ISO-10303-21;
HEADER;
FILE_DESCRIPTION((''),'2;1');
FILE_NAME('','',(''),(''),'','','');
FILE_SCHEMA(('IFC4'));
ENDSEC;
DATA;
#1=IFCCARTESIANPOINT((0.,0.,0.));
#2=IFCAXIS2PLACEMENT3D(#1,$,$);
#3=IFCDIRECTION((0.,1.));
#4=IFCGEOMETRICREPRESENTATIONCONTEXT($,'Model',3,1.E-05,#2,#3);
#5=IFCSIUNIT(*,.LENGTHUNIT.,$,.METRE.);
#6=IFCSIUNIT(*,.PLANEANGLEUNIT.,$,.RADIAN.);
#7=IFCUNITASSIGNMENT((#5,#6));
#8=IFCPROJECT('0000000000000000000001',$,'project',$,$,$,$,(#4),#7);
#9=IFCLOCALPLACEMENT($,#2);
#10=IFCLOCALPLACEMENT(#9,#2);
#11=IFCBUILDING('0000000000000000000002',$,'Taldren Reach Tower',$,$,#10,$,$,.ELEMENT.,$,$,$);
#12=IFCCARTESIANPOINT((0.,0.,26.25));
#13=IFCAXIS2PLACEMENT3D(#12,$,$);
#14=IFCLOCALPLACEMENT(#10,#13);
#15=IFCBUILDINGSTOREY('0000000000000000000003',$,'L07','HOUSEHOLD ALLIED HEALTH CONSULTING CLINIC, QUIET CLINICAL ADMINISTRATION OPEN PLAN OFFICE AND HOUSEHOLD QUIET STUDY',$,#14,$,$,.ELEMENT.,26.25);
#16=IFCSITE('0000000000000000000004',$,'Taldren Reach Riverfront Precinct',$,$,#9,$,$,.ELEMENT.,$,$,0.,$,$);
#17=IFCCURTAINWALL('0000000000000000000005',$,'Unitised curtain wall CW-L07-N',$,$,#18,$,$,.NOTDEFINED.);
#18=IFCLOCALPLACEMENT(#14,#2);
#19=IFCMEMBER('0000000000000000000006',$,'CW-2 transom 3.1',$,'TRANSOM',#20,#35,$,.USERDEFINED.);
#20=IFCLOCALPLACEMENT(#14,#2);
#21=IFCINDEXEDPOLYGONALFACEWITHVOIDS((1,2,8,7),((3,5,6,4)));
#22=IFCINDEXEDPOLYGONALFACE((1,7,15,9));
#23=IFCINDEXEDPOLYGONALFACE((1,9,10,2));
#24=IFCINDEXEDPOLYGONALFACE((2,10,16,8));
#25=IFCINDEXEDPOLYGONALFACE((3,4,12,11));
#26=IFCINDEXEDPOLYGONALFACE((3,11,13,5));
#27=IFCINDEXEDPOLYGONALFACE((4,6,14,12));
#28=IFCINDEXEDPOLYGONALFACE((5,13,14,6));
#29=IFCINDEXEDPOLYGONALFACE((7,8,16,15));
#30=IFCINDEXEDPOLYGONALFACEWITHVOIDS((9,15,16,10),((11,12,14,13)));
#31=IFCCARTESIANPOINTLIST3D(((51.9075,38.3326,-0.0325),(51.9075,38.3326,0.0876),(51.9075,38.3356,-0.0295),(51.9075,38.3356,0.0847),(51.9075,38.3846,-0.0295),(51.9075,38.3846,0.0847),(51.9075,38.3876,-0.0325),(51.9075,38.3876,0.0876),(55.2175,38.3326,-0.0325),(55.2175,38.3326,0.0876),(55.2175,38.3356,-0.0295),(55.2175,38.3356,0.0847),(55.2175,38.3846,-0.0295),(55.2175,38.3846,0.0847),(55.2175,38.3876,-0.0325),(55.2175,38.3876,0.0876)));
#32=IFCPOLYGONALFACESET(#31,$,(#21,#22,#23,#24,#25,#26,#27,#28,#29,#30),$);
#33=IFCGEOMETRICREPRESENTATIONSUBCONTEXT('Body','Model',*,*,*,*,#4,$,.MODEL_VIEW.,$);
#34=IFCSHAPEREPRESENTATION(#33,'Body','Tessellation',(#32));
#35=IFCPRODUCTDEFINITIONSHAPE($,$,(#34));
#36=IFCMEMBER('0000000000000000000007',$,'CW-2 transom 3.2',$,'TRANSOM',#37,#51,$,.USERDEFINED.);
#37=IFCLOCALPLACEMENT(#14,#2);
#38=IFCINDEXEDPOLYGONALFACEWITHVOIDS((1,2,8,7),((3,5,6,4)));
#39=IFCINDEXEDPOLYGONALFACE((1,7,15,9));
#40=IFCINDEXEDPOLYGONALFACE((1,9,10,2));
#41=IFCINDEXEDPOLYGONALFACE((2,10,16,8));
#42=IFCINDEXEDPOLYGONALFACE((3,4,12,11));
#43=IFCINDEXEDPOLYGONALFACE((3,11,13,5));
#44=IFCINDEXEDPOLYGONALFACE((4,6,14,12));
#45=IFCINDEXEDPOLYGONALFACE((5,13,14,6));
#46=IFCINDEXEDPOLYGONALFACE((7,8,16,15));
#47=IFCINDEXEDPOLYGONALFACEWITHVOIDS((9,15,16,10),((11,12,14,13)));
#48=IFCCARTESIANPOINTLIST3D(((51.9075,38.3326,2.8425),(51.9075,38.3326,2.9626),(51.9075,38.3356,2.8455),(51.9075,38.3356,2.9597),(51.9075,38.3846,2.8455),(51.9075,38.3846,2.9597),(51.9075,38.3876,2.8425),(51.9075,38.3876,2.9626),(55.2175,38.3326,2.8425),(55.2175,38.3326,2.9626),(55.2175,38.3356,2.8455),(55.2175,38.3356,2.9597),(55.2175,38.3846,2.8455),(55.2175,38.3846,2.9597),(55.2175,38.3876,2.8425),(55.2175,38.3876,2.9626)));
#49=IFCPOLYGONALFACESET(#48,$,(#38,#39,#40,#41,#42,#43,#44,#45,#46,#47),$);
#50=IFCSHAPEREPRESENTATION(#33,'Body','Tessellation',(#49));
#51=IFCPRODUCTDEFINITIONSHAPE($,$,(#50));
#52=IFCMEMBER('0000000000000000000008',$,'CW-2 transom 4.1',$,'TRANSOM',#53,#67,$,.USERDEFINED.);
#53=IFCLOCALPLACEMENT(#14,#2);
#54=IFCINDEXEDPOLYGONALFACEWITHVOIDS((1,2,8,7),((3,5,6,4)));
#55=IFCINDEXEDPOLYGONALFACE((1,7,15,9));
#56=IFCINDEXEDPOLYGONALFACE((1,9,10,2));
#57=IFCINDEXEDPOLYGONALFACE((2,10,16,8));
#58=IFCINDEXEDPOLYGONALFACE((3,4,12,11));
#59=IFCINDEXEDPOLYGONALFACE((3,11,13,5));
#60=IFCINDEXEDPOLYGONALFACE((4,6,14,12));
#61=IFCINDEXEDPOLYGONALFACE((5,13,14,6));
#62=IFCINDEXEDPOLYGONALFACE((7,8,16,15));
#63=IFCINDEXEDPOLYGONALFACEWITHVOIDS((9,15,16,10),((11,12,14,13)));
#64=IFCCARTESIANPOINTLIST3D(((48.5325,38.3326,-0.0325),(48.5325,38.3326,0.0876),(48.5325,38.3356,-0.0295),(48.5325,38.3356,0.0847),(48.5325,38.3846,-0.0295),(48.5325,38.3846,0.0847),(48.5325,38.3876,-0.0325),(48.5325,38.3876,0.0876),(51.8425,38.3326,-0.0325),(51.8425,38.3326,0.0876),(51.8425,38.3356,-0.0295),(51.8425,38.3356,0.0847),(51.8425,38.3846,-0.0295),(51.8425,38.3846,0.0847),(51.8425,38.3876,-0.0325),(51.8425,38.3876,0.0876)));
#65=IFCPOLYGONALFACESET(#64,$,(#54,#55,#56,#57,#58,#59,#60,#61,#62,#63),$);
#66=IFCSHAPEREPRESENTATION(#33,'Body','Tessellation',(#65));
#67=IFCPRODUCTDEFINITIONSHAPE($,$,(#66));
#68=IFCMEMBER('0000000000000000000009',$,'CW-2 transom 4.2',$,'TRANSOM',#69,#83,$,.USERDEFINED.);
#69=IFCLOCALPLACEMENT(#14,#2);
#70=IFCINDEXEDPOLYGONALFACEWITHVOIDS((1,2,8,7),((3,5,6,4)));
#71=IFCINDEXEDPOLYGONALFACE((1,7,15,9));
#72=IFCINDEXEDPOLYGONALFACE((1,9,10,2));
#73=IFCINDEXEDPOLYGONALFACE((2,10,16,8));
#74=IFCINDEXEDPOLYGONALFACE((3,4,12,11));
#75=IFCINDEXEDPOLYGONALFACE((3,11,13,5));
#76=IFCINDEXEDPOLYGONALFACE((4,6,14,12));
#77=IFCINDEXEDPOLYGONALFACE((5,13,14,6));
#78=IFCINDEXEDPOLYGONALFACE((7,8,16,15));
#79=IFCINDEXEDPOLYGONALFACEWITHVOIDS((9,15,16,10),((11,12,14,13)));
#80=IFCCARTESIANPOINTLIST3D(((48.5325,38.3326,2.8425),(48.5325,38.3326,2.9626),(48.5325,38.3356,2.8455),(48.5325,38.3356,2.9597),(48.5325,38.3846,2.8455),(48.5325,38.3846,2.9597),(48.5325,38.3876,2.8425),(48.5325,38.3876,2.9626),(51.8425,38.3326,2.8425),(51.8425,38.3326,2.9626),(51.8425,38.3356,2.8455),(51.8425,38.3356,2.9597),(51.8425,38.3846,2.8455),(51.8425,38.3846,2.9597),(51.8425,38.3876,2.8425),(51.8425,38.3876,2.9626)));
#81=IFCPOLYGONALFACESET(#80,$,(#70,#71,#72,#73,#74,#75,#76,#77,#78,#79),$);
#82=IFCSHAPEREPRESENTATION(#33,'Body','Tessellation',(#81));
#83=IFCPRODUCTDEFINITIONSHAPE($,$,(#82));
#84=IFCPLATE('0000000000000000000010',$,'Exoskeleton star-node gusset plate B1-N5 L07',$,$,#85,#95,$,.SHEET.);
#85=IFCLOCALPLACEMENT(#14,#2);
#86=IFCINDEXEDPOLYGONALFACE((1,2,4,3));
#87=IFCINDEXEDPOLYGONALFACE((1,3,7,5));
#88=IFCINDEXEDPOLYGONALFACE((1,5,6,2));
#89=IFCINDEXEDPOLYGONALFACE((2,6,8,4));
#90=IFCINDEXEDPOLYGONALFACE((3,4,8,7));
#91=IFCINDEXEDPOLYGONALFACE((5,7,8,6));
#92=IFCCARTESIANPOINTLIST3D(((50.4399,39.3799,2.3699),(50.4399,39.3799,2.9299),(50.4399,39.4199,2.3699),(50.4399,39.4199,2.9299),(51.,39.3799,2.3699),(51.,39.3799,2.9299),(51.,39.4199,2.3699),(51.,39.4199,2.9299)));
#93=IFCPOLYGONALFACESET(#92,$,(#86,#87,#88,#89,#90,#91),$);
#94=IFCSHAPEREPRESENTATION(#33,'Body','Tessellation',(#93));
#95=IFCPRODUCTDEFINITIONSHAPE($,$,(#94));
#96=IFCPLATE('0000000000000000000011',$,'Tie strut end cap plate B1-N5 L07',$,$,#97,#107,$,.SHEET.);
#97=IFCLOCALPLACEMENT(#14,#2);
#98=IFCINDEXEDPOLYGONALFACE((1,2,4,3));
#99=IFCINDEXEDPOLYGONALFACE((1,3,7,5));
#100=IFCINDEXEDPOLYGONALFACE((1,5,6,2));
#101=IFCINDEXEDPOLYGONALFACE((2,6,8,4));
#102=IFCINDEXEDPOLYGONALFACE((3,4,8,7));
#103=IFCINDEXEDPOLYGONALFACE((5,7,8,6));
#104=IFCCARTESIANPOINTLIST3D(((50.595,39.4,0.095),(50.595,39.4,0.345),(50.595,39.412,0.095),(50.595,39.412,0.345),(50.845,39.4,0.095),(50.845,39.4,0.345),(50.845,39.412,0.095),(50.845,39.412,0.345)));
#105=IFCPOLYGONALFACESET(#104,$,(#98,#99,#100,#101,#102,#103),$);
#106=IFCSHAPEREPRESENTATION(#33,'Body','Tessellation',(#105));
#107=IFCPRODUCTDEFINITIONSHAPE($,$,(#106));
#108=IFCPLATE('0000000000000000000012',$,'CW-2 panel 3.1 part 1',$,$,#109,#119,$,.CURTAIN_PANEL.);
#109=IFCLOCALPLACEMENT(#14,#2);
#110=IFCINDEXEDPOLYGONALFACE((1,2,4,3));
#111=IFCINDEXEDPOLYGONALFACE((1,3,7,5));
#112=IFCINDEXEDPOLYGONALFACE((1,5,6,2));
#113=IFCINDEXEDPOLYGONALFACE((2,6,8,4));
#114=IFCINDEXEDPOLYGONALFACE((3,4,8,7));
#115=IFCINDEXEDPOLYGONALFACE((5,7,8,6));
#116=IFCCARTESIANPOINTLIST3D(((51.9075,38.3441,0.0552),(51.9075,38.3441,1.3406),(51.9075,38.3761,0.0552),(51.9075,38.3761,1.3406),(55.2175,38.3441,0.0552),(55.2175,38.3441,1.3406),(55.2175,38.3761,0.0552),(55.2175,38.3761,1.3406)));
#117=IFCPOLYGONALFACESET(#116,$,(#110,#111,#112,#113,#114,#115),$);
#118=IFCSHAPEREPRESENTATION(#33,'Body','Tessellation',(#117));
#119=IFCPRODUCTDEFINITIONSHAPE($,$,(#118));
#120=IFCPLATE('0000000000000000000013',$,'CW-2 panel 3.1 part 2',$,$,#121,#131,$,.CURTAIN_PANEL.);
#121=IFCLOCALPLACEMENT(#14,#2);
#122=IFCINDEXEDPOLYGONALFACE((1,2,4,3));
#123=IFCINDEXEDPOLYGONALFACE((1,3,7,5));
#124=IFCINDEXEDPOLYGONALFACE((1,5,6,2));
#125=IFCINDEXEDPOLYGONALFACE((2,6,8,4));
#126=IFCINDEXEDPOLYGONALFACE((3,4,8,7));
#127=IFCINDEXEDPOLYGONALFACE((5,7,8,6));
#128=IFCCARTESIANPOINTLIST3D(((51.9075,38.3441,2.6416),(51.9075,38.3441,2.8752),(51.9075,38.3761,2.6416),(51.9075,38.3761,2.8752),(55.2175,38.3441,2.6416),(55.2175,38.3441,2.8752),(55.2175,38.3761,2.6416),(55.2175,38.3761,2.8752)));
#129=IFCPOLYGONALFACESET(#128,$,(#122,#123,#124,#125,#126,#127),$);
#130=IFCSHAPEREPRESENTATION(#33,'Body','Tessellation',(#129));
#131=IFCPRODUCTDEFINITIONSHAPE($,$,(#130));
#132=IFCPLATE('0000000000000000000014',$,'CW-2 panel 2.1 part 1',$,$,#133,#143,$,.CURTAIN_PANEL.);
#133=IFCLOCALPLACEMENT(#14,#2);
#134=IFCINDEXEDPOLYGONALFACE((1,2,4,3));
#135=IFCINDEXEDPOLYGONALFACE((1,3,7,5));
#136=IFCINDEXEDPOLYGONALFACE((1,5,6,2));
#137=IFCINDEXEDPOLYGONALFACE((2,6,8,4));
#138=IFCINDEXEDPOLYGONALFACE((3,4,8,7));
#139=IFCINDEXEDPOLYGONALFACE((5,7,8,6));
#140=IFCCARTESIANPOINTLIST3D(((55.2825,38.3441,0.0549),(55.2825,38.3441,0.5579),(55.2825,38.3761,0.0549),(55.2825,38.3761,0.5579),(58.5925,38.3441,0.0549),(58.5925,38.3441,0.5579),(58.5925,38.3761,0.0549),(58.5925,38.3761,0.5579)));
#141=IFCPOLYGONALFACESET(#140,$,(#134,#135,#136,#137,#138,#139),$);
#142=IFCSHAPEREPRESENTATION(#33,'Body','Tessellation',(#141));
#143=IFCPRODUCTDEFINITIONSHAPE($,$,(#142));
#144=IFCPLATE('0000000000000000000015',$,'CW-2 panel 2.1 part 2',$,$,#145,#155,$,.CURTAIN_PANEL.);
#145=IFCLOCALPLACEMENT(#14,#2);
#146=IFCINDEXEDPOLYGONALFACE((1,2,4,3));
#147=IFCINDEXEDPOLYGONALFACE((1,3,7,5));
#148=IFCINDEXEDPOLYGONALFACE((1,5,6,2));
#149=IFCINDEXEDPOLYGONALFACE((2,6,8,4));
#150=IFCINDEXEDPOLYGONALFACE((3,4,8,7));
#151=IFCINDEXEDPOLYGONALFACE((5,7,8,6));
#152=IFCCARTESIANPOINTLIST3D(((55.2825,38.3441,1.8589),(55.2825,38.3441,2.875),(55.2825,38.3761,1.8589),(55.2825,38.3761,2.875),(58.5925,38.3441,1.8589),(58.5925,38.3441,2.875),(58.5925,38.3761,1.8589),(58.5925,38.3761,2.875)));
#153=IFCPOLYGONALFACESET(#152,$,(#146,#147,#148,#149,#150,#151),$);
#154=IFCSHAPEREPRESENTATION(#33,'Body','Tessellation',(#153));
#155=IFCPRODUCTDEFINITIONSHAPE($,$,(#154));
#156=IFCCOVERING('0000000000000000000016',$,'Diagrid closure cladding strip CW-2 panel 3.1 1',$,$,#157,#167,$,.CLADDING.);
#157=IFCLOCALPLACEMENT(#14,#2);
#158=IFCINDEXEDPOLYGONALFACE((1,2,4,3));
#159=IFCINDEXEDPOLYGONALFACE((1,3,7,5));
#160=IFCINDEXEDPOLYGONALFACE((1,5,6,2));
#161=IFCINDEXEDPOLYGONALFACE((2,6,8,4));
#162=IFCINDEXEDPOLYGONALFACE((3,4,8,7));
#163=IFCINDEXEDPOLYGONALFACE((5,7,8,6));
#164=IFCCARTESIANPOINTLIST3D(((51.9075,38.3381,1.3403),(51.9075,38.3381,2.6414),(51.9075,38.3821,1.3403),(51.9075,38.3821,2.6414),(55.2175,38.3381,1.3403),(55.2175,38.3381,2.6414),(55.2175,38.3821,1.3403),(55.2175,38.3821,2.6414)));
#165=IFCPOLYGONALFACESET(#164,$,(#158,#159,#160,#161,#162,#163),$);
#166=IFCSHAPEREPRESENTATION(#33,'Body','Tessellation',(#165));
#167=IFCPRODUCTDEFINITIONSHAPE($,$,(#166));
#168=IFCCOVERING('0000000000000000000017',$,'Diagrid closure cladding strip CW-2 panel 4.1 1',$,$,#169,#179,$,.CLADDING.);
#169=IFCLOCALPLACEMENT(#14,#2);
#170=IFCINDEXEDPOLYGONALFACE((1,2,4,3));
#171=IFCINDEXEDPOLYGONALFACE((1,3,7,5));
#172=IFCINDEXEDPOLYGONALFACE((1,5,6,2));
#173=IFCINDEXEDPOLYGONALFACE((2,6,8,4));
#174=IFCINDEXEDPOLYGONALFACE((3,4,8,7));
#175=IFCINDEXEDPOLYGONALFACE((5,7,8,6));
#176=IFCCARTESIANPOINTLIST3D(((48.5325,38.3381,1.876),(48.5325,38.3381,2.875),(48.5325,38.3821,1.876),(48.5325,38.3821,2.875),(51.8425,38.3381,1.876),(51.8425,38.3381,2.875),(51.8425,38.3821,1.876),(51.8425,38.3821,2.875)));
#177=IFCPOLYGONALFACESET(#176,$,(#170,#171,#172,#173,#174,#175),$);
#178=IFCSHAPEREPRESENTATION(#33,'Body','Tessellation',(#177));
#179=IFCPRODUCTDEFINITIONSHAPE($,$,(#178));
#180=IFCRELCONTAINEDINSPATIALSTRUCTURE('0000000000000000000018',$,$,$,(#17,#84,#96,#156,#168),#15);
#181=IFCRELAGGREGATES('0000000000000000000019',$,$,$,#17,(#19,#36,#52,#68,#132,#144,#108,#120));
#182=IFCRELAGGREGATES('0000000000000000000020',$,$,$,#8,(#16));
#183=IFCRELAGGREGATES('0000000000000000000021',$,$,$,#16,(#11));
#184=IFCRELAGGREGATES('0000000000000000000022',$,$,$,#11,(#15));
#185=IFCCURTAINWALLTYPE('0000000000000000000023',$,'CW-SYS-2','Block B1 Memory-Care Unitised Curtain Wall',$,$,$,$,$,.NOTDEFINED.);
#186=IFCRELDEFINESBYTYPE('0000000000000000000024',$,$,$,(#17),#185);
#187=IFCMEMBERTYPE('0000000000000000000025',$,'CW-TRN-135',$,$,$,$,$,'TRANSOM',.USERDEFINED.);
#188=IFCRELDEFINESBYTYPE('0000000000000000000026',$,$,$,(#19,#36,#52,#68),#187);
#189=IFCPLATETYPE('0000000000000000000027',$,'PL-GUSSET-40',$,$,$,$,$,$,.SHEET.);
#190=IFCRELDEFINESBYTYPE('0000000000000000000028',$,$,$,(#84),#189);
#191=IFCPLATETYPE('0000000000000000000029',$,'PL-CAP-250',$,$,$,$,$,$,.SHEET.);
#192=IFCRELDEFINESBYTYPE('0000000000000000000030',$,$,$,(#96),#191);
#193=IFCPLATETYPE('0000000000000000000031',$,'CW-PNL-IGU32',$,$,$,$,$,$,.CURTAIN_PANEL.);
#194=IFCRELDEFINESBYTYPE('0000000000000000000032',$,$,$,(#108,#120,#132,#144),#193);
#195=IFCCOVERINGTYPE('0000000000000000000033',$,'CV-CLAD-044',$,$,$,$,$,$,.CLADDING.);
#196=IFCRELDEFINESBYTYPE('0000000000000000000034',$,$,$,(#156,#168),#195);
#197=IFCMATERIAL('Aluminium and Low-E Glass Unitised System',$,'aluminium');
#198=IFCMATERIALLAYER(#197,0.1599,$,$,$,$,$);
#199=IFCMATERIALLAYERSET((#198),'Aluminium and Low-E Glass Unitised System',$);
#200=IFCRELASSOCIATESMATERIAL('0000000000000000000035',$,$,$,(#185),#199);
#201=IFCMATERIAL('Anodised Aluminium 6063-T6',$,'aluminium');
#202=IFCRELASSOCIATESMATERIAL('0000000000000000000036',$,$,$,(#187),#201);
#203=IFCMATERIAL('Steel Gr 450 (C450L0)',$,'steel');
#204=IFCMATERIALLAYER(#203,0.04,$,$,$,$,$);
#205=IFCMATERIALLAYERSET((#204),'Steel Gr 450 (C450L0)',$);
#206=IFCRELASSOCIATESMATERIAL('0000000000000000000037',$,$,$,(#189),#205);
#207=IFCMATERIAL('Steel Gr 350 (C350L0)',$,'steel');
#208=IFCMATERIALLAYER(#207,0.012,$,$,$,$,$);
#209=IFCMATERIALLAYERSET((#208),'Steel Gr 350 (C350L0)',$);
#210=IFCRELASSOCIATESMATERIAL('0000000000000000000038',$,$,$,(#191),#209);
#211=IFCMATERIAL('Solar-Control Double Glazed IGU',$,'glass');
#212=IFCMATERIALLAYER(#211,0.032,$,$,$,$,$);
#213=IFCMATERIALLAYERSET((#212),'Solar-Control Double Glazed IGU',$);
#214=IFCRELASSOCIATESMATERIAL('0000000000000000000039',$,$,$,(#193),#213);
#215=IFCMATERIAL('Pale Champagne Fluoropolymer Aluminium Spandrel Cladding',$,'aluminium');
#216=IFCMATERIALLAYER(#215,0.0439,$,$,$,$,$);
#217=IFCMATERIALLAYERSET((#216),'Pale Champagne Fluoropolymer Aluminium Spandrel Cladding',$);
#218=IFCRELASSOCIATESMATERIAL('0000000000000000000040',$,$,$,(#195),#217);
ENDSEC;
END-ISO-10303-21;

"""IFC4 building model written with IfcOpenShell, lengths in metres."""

from ifc_helpers import new_model, si_unit, direction, frame, origin, origin_2d, place, context, subcontext, project, spatial, rectangle, hollow_rectangle, extrude, source, transform, mapped, material, layer, layer_set, material_profile, profile_set, type_object, element, aggregate, save


model = new_model("IFC4")

# Units and contexts
model_context = context("Model", 3, precision=1e-05, world=origin(), true_north=direction((0.0, 1.0)))
body_context = subcontext(model_context, "Body", "Model", "MODEL_VIEW")
ifc_project = project(units=[si_unit("LENGTHUNIT", "METRE"), si_unit("PLANEANGLEUNIT", "RADIAN")], contexts=[model_context])

# Site, building, storey
site_placement = place(None, origin())
site = spatial("IfcSite", under=ifc_project, at=site_placement, Name="Taldren Reach Riverfront Precinct", CompositionType="ELEMENT", RefElevation=0.0)
building_placement = place(site_placement, origin())
building = spatial("IfcBuilding", under=site, at=building_placement, Name="Taldren Reach Tower", CompositionType="ELEMENT")
storey_placement = place(building_placement, frame((0.0, 0.0, 26.25)))
storey = spatial("IfcBuildingStorey", under=building, at=storey_placement, Name="L07", Description="HOUSEHOLD ALLIED HEALTH CONSULTING CLINIC, QUIET CLINICAL ADMINISTRATION OPEN PLAN OFFICE AND HOUSEHOLD QUIET STUDY", CompositionType="ELEMENT", Elevation=26.25)

# Shared definitions
ifc_material_1 = material(Name="Steel Gr 450 (C450L0)", Category="steel")
ifc_material_2 = material(Name="Steel Gr 350 (C350L0)", Category="steel")

# Curtain wall, members
ifc_material_3 = material(Name="Aluminium and Low-E Glass Unitised System", Category="aluminium")
ifc_layer_1 = layer(ifc_material_3, 0.1599)
ifc_layer_set_1 = layer_set([ifc_layer_1], Name="Aluminium and Low-E Glass Unitised System")
curtain_wall_type = type_object("IfcCurtainWallType", Name="CW-SYS-2", Description="Block B1 Memory-Care Unitised Curtain Wall", PredefinedType="NOTDEFINED", material=ifc_layer_set_1)
curtain_wall_placement = place(storey_placement, origin())
curtain_wall = element("IfcCurtainWall", 1, at=curtain_wall_placement, inside=storey, type_object=curtain_wall_type, Name="Unitised curtain wall CW-L07-N", PredefinedType="NOTDEFINED")
ifc_material_4 = material(Name="Anodised Aluminium 6063-T6", Category="aluminium")
ifc_material_profile_1 = material_profile(ifc_material_4, hollow_rectangle(XDim=0.0549, YDim=0.1201, WallThickness=0.0029, at=origin_2d()), Name="ALU-120x55x3RHS")
ifc_profile_set_1 = profile_set([ifc_material_profile_1], Name="Anodised Aluminium 6063-T6")
member_type_1 = type_object("IfcMemberType", Name="CW-TRN-135", ElementType="TRANSOM", PredefinedType="USERDEFINED", material=ifc_profile_set_1)
shared_shape_1 = source(origin(), body_context, "Body", "SweptSolid", [
    extrude(hollow_rectangle(XDim=0.0549, YDim=0.1201, WallThickness=0.0029, at=origin_2d()), origin(), (0.0, 0.0, 1.0), 3.3101),
])
member_1_placement = place(storey_placement, frame((55.2175, 38.3601, 0.0276), z_axis=(-1.0, 0.0, 0.0), x_axis=(0.0, -1.0, 0.0)))
member_1 = element("IfcMember", 2, at=member_1_placement, type_object=member_type_1, Name="CW-2 transom 3.1", ObjectType="TRANSOM", PredefinedType="USERDEFINED", context=body_context, shape_type="MappedRepresentation", body=[
    mapped(shared_shape_1, transform((0.0, 0.0, 0.0), scale=1.0)),
])
member_2_placement = place(storey_placement, frame((55.2175, 38.3601, 2.9026), z_axis=(-1.0, 0.0, 0.0), x_axis=(0.0, -1.0, 0.0)))
member_2 = element("IfcMember", 3, at=member_2_placement, type_object=member_type_1, Name="CW-2 transom 3.2", ObjectType="TRANSOM", PredefinedType="USERDEFINED", context=body_context, shape_type="MappedRepresentation", body=[
    mapped(shared_shape_1, transform((0.0, 0.0, 0.0), scale=1.0)),
])
member_3_placement = place(storey_placement, frame((51.8425, 38.3601, 0.0276), z_axis=(-1.0, 0.0, 0.0), x_axis=(0.0, -1.0, 0.0)))
member_3 = element("IfcMember", 4, at=member_3_placement, type_object=member_type_1, Name="CW-2 transom 4.1", ObjectType="TRANSOM", PredefinedType="USERDEFINED", context=body_context, shape_type="MappedRepresentation", body=[
    mapped(shared_shape_1, transform((0.0, 0.0, 0.0), scale=1.0)),
])
member_4_placement = place(storey_placement, frame((51.8425, 38.3601, 2.9026), z_axis=(-1.0, 0.0, 0.0), x_axis=(0.0, -1.0, 0.0)))
member_4 = element("IfcMember", 5, at=member_4_placement, type_object=member_type_1, Name="CW-2 transom 4.2", ObjectType="TRANSOM", PredefinedType="USERDEFINED", context=body_context, shape_type="MappedRepresentation", body=[
    mapped(shared_shape_1, transform((0.0, 0.0, 0.0), scale=1.0)),
])

# Plates
ifc_layer_2 = layer(ifc_material_1, 0.04)
ifc_layer_set_2 = layer_set([ifc_layer_2], Name="Steel Gr 450 (C450L0)")
plate_type_1 = type_object("IfcPlateType", Name="PL-GUSSET-40", PredefinedType="SHEET", material=ifc_layer_set_2)
shared_shape_2 = source(origin(), body_context, "Body", "SweptSolid", [
    extrude(rectangle(XDim=0.5601, YDim=0.04, at=origin_2d()), origin(), (0.0, 0.0, 1.0), 0.5601),
])
plate_1_placement = place(storey_placement, frame((50.72, 39.3999, 2.3699), z_axis=(0.0, 0.0, 1.0), x_axis=(1.0, 0.0, 0.0)))
element("IfcPlate", 6, at=plate_1_placement, inside=storey, type_object=plate_type_1, Name="Exoskeleton star-node gusset plate B1-N5 L07", PredefinedType="SHEET", context=body_context, shape_type="MappedRepresentation", body=[
    mapped(shared_shape_2, transform((0.0, 0.0, 0.0), scale=1.0)),
])
ifc_layer_3 = layer(ifc_material_2, 0.012)
ifc_layer_set_3 = layer_set([ifc_layer_3], Name="Steel Gr 350 (C350L0)")
plate_type_2 = type_object("IfcPlateType", Name="PL-CAP-250", PredefinedType="SHEET", material=ifc_layer_set_3)
shared_shape_3 = source(origin(), body_context, "Body", "SweptSolid", [
    extrude(rectangle(XDim=0.25, YDim=0.012, at=origin_2d()), origin(), (0.0, 0.0, 1.0), 0.25),
])
plate_2_placement = place(storey_placement, frame((50.72, 39.406, 0.095), z_axis=(0.0, 0.0, 1.0), x_axis=(1.0, 0.0, 0.0)))
element("IfcPlate", 7, at=plate_2_placement, inside=storey, type_object=plate_type_2, Name="Tie strut end cap plate B1-N5 L07", PredefinedType="SHEET", context=body_context, shape_type="MappedRepresentation", body=[
    mapped(shared_shape_3, transform((0.0, 0.0, 0.0), scale=1.0)),
])

# Plates
ifc_material_5 = material(Name="Solar-Control Double Glazed IGU", Category="glass")
ifc_layer_4 = layer(ifc_material_5, 0.032)
ifc_layer_set_4 = layer_set([ifc_layer_4], Name="Solar-Control Double Glazed IGU")
plate_type_3 = type_object("IfcPlateType", Name="CW-PNL-IGU32", PredefinedType="CURTAIN_PANEL", material=ifc_layer_set_4)
shared_shape_4 = source(origin(), body_context, "Body", "SweptSolid", [
    extrude(rectangle(XDim=3.3101, YDim=0.032, at=origin_2d()), origin(), (0.0, 0.0, 1.0), 1.2854),
])
plate_3_placement = place(storey_placement, frame((53.5625, 38.3601, 0.0552), z_axis=(0.0, 0.0, 1.0), x_axis=(-1.0, 0.0, 0.0)))
plate_3 = element("IfcPlate", 8, at=plate_3_placement, type_object=plate_type_3, Name="CW-2 panel 3.1 part 1", PredefinedType="CURTAIN_PANEL", context=body_context, shape_type="MappedRepresentation", body=[
    mapped(shared_shape_4, transform((0.0, 0.0, 0.0), scale=1.0)),
])
shared_shape_5 = source(origin(), body_context, "Body", "SweptSolid", [
    extrude(rectangle(XDim=3.3101, YDim=0.032, at=origin_2d()), origin(), (0.0, 0.0, 1.0), 0.2336),
])
plate_4_placement = place(storey_placement, frame((53.5625, 38.3601, 2.6416), z_axis=(0.0, 0.0, 1.0), x_axis=(-1.0, 0.0, 0.0)))
plate_4 = element("IfcPlate", 9, at=plate_4_placement, type_object=plate_type_3, Name="CW-2 panel 3.1 part 2", PredefinedType="CURTAIN_PANEL", context=body_context, shape_type="MappedRepresentation", body=[
    mapped(shared_shape_5, transform((0.0, 0.0, 0.0), scale=1.0)),
])
shared_shape_6 = source(origin(), body_context, "Body", "SweptSolid", [
    extrude(rectangle(XDim=3.3101, YDim=0.032, at=origin_2d()), origin(), (0.0, 0.0, 1.0), 0.5029),
])
plate_5_placement = place(storey_placement, frame((56.9375, 38.3601, 0.0549), z_axis=(0.0, 0.0, 1.0), x_axis=(-1.0, 0.0, 0.0)))
plate_5 = element("IfcPlate", 10, at=plate_5_placement, type_object=plate_type_3, Name="CW-2 panel 2.1 part 1", PredefinedType="CURTAIN_PANEL", context=body_context, shape_type="MappedRepresentation", body=[
    mapped(shared_shape_6, transform((0.0, 0.0, 0.0), scale=1.0)),
])
shared_shape_7 = source(origin(), body_context, "Body", "SweptSolid", [
    extrude(rectangle(XDim=3.3101, YDim=0.032, at=origin_2d()), origin(), (0.0, 0.0, 1.0), 1.0161),
])
plate_6_placement = place(storey_placement, frame((56.9375, 38.3601, 1.8589), z_axis=(0.0, 0.0, 1.0), x_axis=(-1.0, 0.0, 0.0)))
plate_6 = element("IfcPlate", 11, at=plate_6_placement, type_object=plate_type_3, Name="CW-2 panel 2.1 part 2", PredefinedType="CURTAIN_PANEL", context=body_context, shape_type="MappedRepresentation", body=[
    mapped(shared_shape_7, transform((0.0, 0.0, 0.0), scale=1.0)),
])
aggregate(curtain_wall, [member_1, member_2, member_3, member_4, plate_5, plate_6, plate_3, plate_4])

# Coverings
ifc_material_6 = material(Name="Pale Champagne Fluoropolymer Aluminium Spandrel Cladding", Category="aluminium")
ifc_layer_5 = layer(ifc_material_6, 0.0439)
ifc_layer_set_5 = layer_set([ifc_layer_5], Name="Pale Champagne Fluoropolymer Aluminium Spandrel Cladding")
covering_type = type_object("IfcCoveringType", Name="CV-CLAD-044", PredefinedType="CLADDING", material=ifc_layer_set_5)
shared_shape_8 = source(origin(), body_context, "Body", "SweptSolid", [
    extrude(rectangle(XDim=3.3101, YDim=0.0439, at=origin_2d()), origin(), (0.0, 0.0, 1.0), 1.301),
])
covering_1_placement = place(storey_placement, frame((53.5625, 38.3601, 1.3403), z_axis=(0.0, 0.0, 1.0), x_axis=(-1.0, 0.0, 0.0)))
element("IfcCovering", 12, at=covering_1_placement, inside=storey, type_object=covering_type, Name="Diagrid closure cladding strip CW-2 panel 3.1 1", PredefinedType="CLADDING", context=body_context, shape_type="MappedRepresentation", body=[
    mapped(shared_shape_8, transform((0.0, 0.0, 0.0), scale=1.0)),
])
shared_shape_9 = source(origin(), body_context, "Body", "SweptSolid", [
    extrude(rectangle(XDim=3.3101, YDim=0.0439, at=origin_2d()), origin(), (0.0, 0.0, 1.0), 0.999),
])
covering_2_placement = place(storey_placement, frame((50.1875, 38.3601, 1.876), z_axis=(0.0, 0.0, 1.0), x_axis=(-1.0, 0.0, 0.0)))
element("IfcCovering", 13, at=covering_2_placement, inside=storey, type_object=covering_type, Name="Diagrid closure cladding strip CW-2 panel 4.1 1", PredefinedType="CLADDING", context=body_context, shape_type="MappedRepresentation", body=[
    mapped(shared_shape_9, transform((0.0, 0.0, 0.0), scale=1.0)),
])

save(model, "model.ifc")
